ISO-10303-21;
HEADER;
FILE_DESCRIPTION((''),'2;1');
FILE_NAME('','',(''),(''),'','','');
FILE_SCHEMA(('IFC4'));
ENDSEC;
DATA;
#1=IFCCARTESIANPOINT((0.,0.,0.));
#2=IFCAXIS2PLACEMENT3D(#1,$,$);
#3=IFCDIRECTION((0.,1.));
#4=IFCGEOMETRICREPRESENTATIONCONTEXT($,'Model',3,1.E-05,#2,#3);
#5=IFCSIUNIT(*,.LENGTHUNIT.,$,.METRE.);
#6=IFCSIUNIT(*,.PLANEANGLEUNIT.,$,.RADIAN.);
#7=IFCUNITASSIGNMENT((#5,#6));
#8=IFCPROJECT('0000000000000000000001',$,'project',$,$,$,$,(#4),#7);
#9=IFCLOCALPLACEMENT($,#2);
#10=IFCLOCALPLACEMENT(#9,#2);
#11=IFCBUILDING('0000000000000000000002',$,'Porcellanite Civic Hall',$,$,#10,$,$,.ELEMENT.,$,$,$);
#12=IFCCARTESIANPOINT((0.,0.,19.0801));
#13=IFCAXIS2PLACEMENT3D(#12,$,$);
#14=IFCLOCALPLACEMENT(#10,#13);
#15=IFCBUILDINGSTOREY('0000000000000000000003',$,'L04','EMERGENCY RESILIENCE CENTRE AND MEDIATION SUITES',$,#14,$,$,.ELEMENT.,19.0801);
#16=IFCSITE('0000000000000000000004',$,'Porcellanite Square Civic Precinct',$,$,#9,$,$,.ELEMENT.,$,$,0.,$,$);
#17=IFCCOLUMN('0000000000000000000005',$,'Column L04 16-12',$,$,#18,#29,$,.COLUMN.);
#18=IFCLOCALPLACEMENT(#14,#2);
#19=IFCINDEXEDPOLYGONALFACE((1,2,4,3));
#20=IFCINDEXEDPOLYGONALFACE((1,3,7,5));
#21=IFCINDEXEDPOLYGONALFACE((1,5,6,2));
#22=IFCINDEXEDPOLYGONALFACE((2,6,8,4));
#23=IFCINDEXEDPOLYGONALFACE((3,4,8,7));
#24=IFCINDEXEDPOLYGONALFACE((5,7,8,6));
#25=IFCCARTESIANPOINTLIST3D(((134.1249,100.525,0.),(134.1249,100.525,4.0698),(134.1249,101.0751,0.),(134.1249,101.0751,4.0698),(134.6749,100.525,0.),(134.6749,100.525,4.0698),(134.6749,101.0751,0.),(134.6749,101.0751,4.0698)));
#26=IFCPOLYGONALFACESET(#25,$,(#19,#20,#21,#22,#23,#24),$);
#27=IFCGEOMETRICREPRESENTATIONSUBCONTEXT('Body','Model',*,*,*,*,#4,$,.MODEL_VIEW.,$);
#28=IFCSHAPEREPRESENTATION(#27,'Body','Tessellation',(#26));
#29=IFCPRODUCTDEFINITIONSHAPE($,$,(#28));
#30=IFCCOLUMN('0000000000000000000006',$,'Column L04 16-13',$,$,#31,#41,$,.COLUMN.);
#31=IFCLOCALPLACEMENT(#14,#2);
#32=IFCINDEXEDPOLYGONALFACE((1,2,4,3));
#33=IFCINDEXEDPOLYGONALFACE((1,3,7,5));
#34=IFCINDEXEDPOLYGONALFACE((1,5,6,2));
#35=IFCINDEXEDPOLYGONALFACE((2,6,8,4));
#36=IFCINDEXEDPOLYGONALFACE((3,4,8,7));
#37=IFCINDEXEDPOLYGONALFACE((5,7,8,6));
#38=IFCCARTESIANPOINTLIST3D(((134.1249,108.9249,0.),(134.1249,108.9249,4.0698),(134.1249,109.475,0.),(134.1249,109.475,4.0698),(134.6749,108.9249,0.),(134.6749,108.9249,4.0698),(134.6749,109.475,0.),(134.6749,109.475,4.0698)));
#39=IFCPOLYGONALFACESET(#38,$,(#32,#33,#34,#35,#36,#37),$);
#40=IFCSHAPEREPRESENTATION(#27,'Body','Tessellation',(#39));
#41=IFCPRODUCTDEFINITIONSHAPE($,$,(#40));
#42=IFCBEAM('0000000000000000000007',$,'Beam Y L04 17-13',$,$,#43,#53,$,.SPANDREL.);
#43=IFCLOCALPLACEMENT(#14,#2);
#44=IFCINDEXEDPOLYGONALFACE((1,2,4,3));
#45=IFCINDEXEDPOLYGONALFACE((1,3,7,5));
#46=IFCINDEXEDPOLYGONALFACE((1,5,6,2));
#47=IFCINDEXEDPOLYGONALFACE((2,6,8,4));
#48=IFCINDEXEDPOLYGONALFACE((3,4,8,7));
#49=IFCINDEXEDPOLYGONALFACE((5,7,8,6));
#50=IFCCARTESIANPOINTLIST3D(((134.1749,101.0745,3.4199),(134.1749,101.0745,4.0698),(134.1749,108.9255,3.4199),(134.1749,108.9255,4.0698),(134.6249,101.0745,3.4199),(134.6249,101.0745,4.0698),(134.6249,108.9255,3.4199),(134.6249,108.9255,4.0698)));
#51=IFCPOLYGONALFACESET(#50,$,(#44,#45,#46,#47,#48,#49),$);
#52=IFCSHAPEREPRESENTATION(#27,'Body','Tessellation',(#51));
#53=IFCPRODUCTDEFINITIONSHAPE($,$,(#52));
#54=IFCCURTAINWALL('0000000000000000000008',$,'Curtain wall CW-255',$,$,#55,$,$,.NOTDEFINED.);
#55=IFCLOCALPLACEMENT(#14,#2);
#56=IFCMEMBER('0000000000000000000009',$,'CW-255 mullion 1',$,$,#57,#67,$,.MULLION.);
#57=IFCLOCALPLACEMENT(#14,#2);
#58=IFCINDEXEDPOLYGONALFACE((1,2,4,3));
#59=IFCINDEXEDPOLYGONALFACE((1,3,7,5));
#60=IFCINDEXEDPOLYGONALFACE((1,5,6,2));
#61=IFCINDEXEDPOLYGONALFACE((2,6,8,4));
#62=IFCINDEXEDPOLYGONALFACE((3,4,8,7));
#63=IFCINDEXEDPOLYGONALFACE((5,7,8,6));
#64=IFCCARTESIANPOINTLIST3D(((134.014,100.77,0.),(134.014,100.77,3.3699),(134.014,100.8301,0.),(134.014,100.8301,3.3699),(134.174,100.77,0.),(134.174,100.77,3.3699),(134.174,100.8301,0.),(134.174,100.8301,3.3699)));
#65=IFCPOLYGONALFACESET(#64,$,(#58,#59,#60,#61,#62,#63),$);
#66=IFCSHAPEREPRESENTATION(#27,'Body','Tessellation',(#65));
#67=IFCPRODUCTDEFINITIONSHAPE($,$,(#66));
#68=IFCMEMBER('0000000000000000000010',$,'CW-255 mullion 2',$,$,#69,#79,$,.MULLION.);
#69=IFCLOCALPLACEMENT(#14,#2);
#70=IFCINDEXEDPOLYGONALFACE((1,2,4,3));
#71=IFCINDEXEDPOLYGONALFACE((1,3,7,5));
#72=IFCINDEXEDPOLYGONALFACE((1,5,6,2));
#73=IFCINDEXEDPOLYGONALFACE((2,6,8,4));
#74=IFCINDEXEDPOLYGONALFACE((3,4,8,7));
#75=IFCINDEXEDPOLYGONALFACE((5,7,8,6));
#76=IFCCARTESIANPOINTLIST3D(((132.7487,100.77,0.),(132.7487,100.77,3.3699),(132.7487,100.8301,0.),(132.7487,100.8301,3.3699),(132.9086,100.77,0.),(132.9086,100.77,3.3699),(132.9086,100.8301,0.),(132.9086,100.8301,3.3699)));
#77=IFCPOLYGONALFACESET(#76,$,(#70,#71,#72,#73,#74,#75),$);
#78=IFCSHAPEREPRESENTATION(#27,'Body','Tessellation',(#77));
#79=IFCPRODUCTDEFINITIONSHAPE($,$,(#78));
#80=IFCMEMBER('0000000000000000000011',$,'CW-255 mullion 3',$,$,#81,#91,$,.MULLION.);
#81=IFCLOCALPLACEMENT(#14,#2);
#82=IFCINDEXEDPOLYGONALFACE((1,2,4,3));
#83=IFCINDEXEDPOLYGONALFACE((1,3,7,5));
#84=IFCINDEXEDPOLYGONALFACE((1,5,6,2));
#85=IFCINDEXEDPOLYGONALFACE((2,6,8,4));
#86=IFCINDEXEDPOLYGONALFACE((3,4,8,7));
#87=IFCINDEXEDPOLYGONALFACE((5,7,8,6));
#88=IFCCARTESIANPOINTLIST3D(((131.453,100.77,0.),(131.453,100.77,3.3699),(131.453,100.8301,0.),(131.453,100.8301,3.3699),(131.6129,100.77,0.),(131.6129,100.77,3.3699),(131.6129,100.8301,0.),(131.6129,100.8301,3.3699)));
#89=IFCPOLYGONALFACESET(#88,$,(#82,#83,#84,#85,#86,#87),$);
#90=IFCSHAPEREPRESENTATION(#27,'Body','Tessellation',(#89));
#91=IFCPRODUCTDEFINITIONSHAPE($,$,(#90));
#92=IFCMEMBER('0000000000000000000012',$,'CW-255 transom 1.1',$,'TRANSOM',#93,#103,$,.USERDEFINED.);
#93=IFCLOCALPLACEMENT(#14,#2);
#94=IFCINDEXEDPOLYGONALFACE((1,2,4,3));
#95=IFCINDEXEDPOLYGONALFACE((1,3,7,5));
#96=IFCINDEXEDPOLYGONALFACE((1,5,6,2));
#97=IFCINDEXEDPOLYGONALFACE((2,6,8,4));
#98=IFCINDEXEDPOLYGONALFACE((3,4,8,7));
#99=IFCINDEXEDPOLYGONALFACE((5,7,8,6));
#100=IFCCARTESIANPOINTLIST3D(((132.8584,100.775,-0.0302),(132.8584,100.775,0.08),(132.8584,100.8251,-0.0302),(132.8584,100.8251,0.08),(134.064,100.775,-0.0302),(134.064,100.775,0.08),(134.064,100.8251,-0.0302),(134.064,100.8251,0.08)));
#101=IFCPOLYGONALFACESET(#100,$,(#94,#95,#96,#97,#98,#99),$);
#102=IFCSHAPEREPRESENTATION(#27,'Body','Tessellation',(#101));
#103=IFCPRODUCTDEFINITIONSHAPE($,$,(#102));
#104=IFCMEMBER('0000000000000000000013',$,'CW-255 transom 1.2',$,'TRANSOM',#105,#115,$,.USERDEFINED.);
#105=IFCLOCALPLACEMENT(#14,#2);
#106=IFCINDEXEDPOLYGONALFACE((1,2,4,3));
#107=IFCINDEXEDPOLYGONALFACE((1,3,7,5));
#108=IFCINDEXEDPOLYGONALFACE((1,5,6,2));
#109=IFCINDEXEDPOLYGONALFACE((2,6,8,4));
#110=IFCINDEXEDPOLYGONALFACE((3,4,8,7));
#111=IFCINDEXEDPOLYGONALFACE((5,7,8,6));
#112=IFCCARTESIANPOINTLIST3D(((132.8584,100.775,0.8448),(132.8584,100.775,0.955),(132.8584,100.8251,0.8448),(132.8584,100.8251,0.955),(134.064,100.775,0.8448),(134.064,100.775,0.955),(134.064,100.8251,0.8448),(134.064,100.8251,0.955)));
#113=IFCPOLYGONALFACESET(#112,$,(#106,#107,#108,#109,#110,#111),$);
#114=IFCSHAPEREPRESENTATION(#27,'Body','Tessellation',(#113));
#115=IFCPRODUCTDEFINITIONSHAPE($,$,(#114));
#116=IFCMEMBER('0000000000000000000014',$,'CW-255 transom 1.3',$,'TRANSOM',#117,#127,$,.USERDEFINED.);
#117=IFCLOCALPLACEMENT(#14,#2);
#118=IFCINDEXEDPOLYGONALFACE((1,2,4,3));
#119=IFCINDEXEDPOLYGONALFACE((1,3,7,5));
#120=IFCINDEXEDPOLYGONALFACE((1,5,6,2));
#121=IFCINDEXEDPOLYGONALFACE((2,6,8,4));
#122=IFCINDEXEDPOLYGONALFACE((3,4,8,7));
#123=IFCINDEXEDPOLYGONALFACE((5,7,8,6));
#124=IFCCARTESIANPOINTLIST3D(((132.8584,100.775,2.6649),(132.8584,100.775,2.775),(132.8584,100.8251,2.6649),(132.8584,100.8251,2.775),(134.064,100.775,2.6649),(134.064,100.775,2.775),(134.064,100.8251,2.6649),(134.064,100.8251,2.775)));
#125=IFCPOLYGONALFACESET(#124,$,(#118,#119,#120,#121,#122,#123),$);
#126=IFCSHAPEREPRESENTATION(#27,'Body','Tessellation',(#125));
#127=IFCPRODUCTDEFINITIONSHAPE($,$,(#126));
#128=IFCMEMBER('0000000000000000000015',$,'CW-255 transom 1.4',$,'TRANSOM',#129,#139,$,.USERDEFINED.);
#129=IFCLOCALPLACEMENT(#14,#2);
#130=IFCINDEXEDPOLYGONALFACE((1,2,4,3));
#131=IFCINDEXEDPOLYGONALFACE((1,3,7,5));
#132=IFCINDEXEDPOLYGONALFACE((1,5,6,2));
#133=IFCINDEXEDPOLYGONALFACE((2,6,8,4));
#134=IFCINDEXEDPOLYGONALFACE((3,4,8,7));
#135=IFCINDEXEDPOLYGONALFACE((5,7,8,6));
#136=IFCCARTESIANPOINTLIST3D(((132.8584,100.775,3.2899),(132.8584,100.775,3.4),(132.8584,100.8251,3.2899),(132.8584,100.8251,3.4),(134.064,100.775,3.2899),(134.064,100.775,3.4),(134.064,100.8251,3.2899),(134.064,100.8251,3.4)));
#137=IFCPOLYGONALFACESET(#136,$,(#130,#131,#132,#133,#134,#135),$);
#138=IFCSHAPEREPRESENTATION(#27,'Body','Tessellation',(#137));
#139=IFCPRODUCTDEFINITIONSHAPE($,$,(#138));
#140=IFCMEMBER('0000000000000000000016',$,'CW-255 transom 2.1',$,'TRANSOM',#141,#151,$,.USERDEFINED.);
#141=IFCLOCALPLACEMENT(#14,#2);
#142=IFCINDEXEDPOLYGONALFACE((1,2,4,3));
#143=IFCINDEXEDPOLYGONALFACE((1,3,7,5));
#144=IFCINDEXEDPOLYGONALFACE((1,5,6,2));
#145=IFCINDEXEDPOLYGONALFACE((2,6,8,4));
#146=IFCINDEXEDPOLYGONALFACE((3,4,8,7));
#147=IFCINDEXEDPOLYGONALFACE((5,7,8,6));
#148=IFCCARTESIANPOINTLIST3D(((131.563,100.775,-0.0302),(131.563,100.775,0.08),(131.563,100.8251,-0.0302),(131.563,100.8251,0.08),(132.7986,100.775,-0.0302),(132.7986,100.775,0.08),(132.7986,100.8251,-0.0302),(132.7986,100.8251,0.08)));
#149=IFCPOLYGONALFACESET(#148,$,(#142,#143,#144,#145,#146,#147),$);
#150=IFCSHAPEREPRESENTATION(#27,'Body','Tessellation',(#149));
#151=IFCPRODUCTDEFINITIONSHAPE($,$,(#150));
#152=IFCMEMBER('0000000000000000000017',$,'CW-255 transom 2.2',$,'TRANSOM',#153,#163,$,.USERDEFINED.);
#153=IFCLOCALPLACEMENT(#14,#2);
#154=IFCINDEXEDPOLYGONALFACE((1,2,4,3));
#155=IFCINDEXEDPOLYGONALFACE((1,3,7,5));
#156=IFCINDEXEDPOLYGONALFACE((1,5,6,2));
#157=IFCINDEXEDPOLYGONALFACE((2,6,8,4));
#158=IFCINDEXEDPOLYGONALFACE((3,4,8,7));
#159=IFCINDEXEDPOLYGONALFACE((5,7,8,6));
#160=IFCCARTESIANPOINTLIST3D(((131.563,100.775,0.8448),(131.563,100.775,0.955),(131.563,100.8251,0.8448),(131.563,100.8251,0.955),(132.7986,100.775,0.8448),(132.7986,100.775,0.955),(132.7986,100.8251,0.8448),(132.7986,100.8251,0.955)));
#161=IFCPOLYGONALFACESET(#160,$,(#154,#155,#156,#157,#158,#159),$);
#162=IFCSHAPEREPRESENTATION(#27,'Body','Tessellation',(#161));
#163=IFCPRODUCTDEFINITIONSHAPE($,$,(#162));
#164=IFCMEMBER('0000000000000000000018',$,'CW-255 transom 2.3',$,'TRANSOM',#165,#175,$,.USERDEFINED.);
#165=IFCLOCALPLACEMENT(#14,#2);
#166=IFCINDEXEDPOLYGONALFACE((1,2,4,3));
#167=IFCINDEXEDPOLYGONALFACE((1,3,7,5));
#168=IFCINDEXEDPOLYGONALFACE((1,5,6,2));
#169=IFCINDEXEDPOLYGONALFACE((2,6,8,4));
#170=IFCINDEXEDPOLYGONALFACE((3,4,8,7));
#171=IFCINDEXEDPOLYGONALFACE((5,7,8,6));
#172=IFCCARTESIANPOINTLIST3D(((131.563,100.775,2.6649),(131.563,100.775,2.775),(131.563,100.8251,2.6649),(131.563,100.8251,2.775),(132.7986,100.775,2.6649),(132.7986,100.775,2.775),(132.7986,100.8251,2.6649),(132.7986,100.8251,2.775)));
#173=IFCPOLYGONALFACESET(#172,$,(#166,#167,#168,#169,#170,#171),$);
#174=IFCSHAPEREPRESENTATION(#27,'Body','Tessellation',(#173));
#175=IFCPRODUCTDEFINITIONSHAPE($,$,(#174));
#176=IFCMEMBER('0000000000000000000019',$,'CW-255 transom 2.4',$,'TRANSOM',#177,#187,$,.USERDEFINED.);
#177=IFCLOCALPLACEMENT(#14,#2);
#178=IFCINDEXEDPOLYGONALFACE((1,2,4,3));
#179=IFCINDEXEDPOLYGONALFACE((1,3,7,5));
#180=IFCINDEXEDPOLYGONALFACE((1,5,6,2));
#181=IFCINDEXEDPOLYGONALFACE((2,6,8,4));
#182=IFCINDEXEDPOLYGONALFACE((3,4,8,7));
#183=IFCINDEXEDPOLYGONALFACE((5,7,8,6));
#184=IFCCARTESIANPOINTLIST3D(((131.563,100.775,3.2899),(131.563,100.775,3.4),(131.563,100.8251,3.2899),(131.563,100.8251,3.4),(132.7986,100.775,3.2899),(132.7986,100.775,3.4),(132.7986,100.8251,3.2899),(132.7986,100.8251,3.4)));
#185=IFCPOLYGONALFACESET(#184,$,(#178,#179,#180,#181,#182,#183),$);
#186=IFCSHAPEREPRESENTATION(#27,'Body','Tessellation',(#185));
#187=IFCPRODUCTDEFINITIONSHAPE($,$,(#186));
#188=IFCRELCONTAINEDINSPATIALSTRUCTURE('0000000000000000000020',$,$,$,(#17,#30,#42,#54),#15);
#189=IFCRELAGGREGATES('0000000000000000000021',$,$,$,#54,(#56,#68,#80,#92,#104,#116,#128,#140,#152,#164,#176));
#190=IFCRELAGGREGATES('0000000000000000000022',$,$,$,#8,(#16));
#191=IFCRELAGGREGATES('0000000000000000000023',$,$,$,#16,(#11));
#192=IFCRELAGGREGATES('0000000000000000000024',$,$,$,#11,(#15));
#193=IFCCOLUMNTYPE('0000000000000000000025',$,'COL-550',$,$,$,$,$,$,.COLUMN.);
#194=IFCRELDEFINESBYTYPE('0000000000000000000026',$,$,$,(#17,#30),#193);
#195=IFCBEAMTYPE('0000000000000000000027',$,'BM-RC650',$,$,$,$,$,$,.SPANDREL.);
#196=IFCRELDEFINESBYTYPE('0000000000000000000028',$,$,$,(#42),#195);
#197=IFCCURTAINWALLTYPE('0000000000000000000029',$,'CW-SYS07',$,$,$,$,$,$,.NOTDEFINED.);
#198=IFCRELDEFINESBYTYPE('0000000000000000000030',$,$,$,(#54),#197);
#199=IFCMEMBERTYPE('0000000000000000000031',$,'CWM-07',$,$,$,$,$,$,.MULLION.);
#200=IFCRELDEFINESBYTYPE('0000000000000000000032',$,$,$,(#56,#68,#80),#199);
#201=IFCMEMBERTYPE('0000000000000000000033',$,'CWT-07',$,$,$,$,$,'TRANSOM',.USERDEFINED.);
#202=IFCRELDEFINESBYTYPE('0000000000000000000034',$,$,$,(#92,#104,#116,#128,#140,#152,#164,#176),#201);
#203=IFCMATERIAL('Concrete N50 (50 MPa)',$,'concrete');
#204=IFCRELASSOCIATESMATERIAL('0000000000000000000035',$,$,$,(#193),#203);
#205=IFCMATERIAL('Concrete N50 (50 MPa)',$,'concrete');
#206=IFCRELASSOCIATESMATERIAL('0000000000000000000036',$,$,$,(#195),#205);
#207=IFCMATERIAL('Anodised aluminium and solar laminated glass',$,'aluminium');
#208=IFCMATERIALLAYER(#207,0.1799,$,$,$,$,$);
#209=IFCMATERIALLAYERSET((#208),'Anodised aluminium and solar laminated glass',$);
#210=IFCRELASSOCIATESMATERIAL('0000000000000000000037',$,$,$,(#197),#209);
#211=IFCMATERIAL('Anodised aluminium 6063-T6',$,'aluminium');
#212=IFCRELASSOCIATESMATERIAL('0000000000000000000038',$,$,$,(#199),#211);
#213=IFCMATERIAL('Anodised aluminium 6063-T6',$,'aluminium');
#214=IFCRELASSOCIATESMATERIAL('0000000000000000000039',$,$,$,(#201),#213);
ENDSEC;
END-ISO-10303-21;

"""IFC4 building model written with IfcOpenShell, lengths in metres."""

from ifc_helpers import new_model, si_unit, direction, frame, origin, origin_2d, place, context, subcontext, project, spatial, rectangle, extrude, material, layer, layer_set, material_profile, profile_set, type_object, element, aggregate, save


model = new_model("IFC4")

# Units and contexts
model_context = context("Model", 3, precision=1e-05, world=origin(), true_north=direction((0.0, 1.0)))
body_context = subcontext(model_context, "Body", "Model", "MODEL_VIEW")
ifc_project = project(units=[si_unit("LENGTHUNIT", "METRE"), si_unit("PLANEANGLEUNIT", "RADIAN")], contexts=[model_context])

# Site, building, storey
site_placement = place(None, origin())
site = spatial("IfcSite", under=ifc_project, at=site_placement, Name="Porcellanite Square Civic Precinct", CompositionType="ELEMENT", RefElevation=0.0)
building_placement = place(site_placement, origin())
building = spatial("IfcBuilding", under=site, at=building_placement, Name="Porcellanite Civic Hall", CompositionType="ELEMENT")
storey_placement = place(building_placement, frame((0.0, 0.0, 19.0801)))
storey = spatial("IfcBuildingStorey", under=building, at=storey_placement, Name="L04", Description="EMERGENCY RESILIENCE CENTRE AND MEDIATION SUITES", CompositionType="ELEMENT", Elevation=19.0801)

# Columns
ifc_material_1 = material(Name="Concrete N50 (50 MPa)", Category="concrete")
ifc_material_profile_1 = material_profile(ifc_material_1, rectangle(XDim=0.55, YDim=0.55, at=origin_2d()), Name="RC-550x550")
ifc_profile_set_1 = profile_set([ifc_material_profile_1], Name="Concrete N50 (50 MPa)")
column_type = type_object("IfcColumnType", Name="COL-550", PredefinedType="COLUMN", material=ifc_profile_set_1)
for number, where, z_axis, x_axis, name in (
    (1, (134.3999, 100.8, 0.0), (0.0, 0.0, 1.0), (1.0, 0.0, 0.0), "Column L04 16-12"),
    (2, (134.3999, 109.2, 0.0), (0.0, 0.0, 1.0), (1.0, 0.0, 0.0), "Column L04 16-13"),
):
    element("IfcColumn", number, at=place(storey_placement, frame(where, z_axis=z_axis, x_axis=x_axis)), inside=storey, type_object=column_type, Name=name, PredefinedType="COLUMN", context=body_context, shape_type="SweptSolid", body=[
        extrude(rectangle(XDim=0.55, YDim=0.55, at=origin_2d()), origin(), (0.0, 0.0, 1.0), 4.0698),
    ])

# Beam
ifc_material_2 = material(Name="Concrete N50 (50 MPa)", Category="concrete")
ifc_material_profile_2 = material_profile(ifc_material_2, rectangle(XDim=0.45, YDim=0.6499, at=origin_2d()), Name="RC-450x650")
ifc_profile_set_2 = profile_set([ifc_material_profile_2], Name="Concrete N50 (50 MPa)")
beam_type = type_object("IfcBeamType", Name="BM-RC650", PredefinedType="SPANDREL", material=ifc_profile_set_2)
beam_placement = place(storey_placement, frame((134.3999, 101.0745, 3.7449), z_axis=(0.0, 1.0, 0.0), x_axis=(-1.0, 0.0, 0.0)))
element("IfcBeam", 3, at=beam_placement, inside=storey, type_object=beam_type, Name="Beam Y L04 17-13", PredefinedType="SPANDREL", context=body_context, shape_type="SweptSolid", body=[
    extrude(rectangle(XDim=0.45, YDim=0.6499, at=origin_2d()), origin(), (0.0, 0.0, 1.0), 7.8511),
])

# Curtain wall, members
ifc_material_3 = material(Name="Anodised aluminium and solar laminated glass", Category="aluminium")
ifc_layer_1 = layer(ifc_material_3, 0.1799)
ifc_layer_set_1 = layer_set([ifc_layer_1], Name="Anodised aluminium and solar laminated glass")
curtain_wall_type = type_object("IfcCurtainWallType", Name="CW-SYS07", PredefinedType="NOTDEFINED", material=ifc_layer_set_1)
curtain_wall_placement = place(storey_placement, origin())
curtain_wall = element("IfcCurtainWall", 4, at=curtain_wall_placement, inside=storey, type_object=curtain_wall_type, Name="Curtain wall CW-255", PredefinedType="NOTDEFINED")
ifc_material_4 = material(Name="Anodised aluminium 6063-T6", Category="aluminium")
ifc_material_profile_3 = material_profile(ifc_material_4, rectangle(XDim=0.0601, YDim=0.1599, at=origin_2d()), Name="AL-60x160")
ifc_profile_set_3 = profile_set([ifc_material_profile_3], Name="Anodised aluminium 6063-T6")
member_type_1 = type_object("IfcMemberType", Name="CWM-07", PredefinedType="MULLION", material=ifc_profile_set_3)
member_1_placement = place(storey_placement, frame((134.094, 100.8, 0.0), z_axis=(0.0, 0.0, 1.0), x_axis=(0.0, -1.0, 0.0)))
member_1 = element("IfcMember", 5, at=member_1_placement, type_object=member_type_1, Name="CW-255 mullion 1", PredefinedType="MULLION", context=body_context, shape_type="SweptSolid", body=[
    extrude(rectangle(XDim=0.0601, YDim=0.1599, at=origin_2d()), origin(), (0.0, 0.0, 1.0), 3.3699),
])
member_2_placement = place(storey_placement, frame((132.8286, 100.8, 0.0), z_axis=(0.0, 0.0, 1.0), x_axis=(0.0, -1.0, 0.0)))
member_2 = element("IfcMember", 6, at=member_2_placement, type_object=member_type_1, Name="CW-255 mullion 2", PredefinedType="MULLION", context=body_context, shape_type="SweptSolid", body=[
    extrude(rectangle(XDim=0.0601, YDim=0.1599, at=origin_2d()), origin(), (0.0, 0.0, 1.0), 3.3699),
])
member_3_placement = place(storey_placement, frame((131.533, 100.8, 0.0), z_axis=(0.0, 0.0, 1.0), x_axis=(0.0, -1.0, 0.0)))
member_3 = element("IfcMember", 7, at=member_3_placement, type_object=member_type_1, Name="CW-255 mullion 3", PredefinedType="MULLION", context=body_context, shape_type="SweptSolid", body=[
    extrude(rectangle(XDim=0.0601, YDim=0.1599, at=origin_2d()), origin(), (0.0, 0.0, 1.0), 3.3699),
])
ifc_material_5 = material(Name="Anodised aluminium 6063-T6", Category="aluminium")
ifc_material_profile_4 = material_profile(ifc_material_5, rectangle(XDim=0.05, YDim=0.1101, at=origin_2d()), Name="AL-50x110")
ifc_profile_set_4 = profile_set([ifc_material_profile_4], Name="Anodised aluminium 6063-T6")
member_type_2 = type_object("IfcMemberType", Name="CWT-07", ElementType="TRANSOM", PredefinedType="USERDEFINED", material=ifc_profile_set_4)
member_4_placement = place(storey_placement, frame((134.064, 100.8, 0.0249), z_axis=(-1.0, 0.0, 0.0), x_axis=(0.0, -1.0, 0.0)))
member_4 = element("IfcMember", 8, at=member_4_placement, type_object=member_type_2, Name="CW-255 transom 1.1", ObjectType="TRANSOM", PredefinedType="USERDEFINED", context=body_context, shape_type="SweptSolid", body=[
    extrude(rectangle(XDim=0.05, YDim=0.1101, at=origin_2d()), origin(), (0.0, 0.0, 1.0), 1.2056),
])
member_5_placement = place(storey_placement, frame((134.064, 100.8, 0.8999), z_axis=(-1.0, 0.0, 0.0), x_axis=(0.0, -1.0, 0.0)))
member_5 = element("IfcMember", 9, at=member_5_placement, type_object=member_type_2, Name="CW-255 transom 1.2", ObjectType="TRANSOM", PredefinedType="USERDEFINED", context=body_context, shape_type="SweptSolid", body=[
    extrude(rectangle(XDim=0.05, YDim=0.1101, at=origin_2d()), origin(), (0.0, 0.0, 1.0), 1.2056),
])
member_6_placement = place(storey_placement, frame((134.064, 100.8, 2.72), z_axis=(-1.0, 0.0, 0.0), x_axis=(0.0, -1.0, 0.0)))
member_6 = element("IfcMember", 10, at=member_6_placement, type_object=member_type_2, Name="CW-255 transom 1.3", ObjectType="TRANSOM", PredefinedType="USERDEFINED", context=body_context, shape_type="SweptSolid", body=[
    extrude(rectangle(XDim=0.05, YDim=0.1101, at=origin_2d()), origin(), (0.0, 0.0, 1.0), 1.2056),
])
member_7_placement = place(storey_placement, frame((134.064, 100.8, 3.345), z_axis=(-1.0, 0.0, 0.0), x_axis=(0.0, -1.0, 0.0)))
member_7 = element("IfcMember", 11, at=member_7_placement, type_object=member_type_2, Name="CW-255 transom 1.4", ObjectType="TRANSOM", PredefinedType="USERDEFINED", context=body_context, shape_type="SweptSolid", body=[
    extrude(rectangle(XDim=0.05, YDim=0.1101, at=origin_2d()), origin(), (0.0, 0.0, 1.0), 1.2056),
])
member_8_placement = place(storey_placement, frame((132.7986, 100.8, 0.0249), z_axis=(-1.0, 0.0, 0.0), x_axis=(0.0, -1.0, 0.0)))
member_8 = element("IfcMember", 12, at=member_8_placement, type_object=member_type_2, Name="CW-255 transom 2.1", ObjectType="TRANSOM", PredefinedType="USERDEFINED", context=body_context, shape_type="SweptSolid", body=[
    extrude(rectangle(XDim=0.05, YDim=0.1101, at=origin_2d()), origin(), (0.0, 0.0, 1.0), 1.2356),
])
member_9_placement = place(storey_placement, frame((132.7986, 100.8, 0.8999), z_axis=(-1.0, 0.0, 0.0), x_axis=(0.0, -1.0, 0.0)))
member_9 = element("IfcMember", 13, at=member_9_placement, type_object=member_type_2, Name="CW-255 transom 2.2", ObjectType="TRANSOM", PredefinedType="USERDEFINED", context=body_context, shape_type="SweptSolid", body=[
    extrude(rectangle(XDim=0.05, YDim=0.1101, at=origin_2d()), origin(), (0.0, 0.0, 1.0), 1.2356),
])
member_10_placement = place(storey_placement, frame((132.7986, 100.8, 2.72), z_axis=(-1.0, 0.0, 0.0), x_axis=(0.0, -1.0, 0.0)))
member_10 = element("IfcMember", 14, at=member_10_placement, type_object=member_type_2, Name="CW-255 transom 2.3", ObjectType="TRANSOM", PredefinedType="USERDEFINED", context=body_context, shape_type="SweptSolid", body=[
    extrude(rectangle(XDim=0.05, YDim=0.1101, at=origin_2d()), origin(), (0.0, 0.0, 1.0), 1.2356),
])
member_11_placement = place(storey_placement, frame((132.7986, 100.8, 3.345), z_axis=(-1.0, 0.0, 0.0), x_axis=(0.0, -1.0, 0.0)))
member_11 = element("IfcMember", 15, at=member_11_placement, type_object=member_type_2, Name="CW-255 transom 2.4", ObjectType="TRANSOM", PredefinedType="USERDEFINED", context=body_context, shape_type="SweptSolid", body=[
    extrude(rectangle(XDim=0.05, YDim=0.1101, at=origin_2d()), origin(), (0.0, 0.0, 1.0), 1.2356),
])
aggregate(curtain_wall, [member_1, member_2, member_3, member_4, member_5, member_6, member_7, member_8, member_9, member_10, member_11])

save(model, "model.ifc")
